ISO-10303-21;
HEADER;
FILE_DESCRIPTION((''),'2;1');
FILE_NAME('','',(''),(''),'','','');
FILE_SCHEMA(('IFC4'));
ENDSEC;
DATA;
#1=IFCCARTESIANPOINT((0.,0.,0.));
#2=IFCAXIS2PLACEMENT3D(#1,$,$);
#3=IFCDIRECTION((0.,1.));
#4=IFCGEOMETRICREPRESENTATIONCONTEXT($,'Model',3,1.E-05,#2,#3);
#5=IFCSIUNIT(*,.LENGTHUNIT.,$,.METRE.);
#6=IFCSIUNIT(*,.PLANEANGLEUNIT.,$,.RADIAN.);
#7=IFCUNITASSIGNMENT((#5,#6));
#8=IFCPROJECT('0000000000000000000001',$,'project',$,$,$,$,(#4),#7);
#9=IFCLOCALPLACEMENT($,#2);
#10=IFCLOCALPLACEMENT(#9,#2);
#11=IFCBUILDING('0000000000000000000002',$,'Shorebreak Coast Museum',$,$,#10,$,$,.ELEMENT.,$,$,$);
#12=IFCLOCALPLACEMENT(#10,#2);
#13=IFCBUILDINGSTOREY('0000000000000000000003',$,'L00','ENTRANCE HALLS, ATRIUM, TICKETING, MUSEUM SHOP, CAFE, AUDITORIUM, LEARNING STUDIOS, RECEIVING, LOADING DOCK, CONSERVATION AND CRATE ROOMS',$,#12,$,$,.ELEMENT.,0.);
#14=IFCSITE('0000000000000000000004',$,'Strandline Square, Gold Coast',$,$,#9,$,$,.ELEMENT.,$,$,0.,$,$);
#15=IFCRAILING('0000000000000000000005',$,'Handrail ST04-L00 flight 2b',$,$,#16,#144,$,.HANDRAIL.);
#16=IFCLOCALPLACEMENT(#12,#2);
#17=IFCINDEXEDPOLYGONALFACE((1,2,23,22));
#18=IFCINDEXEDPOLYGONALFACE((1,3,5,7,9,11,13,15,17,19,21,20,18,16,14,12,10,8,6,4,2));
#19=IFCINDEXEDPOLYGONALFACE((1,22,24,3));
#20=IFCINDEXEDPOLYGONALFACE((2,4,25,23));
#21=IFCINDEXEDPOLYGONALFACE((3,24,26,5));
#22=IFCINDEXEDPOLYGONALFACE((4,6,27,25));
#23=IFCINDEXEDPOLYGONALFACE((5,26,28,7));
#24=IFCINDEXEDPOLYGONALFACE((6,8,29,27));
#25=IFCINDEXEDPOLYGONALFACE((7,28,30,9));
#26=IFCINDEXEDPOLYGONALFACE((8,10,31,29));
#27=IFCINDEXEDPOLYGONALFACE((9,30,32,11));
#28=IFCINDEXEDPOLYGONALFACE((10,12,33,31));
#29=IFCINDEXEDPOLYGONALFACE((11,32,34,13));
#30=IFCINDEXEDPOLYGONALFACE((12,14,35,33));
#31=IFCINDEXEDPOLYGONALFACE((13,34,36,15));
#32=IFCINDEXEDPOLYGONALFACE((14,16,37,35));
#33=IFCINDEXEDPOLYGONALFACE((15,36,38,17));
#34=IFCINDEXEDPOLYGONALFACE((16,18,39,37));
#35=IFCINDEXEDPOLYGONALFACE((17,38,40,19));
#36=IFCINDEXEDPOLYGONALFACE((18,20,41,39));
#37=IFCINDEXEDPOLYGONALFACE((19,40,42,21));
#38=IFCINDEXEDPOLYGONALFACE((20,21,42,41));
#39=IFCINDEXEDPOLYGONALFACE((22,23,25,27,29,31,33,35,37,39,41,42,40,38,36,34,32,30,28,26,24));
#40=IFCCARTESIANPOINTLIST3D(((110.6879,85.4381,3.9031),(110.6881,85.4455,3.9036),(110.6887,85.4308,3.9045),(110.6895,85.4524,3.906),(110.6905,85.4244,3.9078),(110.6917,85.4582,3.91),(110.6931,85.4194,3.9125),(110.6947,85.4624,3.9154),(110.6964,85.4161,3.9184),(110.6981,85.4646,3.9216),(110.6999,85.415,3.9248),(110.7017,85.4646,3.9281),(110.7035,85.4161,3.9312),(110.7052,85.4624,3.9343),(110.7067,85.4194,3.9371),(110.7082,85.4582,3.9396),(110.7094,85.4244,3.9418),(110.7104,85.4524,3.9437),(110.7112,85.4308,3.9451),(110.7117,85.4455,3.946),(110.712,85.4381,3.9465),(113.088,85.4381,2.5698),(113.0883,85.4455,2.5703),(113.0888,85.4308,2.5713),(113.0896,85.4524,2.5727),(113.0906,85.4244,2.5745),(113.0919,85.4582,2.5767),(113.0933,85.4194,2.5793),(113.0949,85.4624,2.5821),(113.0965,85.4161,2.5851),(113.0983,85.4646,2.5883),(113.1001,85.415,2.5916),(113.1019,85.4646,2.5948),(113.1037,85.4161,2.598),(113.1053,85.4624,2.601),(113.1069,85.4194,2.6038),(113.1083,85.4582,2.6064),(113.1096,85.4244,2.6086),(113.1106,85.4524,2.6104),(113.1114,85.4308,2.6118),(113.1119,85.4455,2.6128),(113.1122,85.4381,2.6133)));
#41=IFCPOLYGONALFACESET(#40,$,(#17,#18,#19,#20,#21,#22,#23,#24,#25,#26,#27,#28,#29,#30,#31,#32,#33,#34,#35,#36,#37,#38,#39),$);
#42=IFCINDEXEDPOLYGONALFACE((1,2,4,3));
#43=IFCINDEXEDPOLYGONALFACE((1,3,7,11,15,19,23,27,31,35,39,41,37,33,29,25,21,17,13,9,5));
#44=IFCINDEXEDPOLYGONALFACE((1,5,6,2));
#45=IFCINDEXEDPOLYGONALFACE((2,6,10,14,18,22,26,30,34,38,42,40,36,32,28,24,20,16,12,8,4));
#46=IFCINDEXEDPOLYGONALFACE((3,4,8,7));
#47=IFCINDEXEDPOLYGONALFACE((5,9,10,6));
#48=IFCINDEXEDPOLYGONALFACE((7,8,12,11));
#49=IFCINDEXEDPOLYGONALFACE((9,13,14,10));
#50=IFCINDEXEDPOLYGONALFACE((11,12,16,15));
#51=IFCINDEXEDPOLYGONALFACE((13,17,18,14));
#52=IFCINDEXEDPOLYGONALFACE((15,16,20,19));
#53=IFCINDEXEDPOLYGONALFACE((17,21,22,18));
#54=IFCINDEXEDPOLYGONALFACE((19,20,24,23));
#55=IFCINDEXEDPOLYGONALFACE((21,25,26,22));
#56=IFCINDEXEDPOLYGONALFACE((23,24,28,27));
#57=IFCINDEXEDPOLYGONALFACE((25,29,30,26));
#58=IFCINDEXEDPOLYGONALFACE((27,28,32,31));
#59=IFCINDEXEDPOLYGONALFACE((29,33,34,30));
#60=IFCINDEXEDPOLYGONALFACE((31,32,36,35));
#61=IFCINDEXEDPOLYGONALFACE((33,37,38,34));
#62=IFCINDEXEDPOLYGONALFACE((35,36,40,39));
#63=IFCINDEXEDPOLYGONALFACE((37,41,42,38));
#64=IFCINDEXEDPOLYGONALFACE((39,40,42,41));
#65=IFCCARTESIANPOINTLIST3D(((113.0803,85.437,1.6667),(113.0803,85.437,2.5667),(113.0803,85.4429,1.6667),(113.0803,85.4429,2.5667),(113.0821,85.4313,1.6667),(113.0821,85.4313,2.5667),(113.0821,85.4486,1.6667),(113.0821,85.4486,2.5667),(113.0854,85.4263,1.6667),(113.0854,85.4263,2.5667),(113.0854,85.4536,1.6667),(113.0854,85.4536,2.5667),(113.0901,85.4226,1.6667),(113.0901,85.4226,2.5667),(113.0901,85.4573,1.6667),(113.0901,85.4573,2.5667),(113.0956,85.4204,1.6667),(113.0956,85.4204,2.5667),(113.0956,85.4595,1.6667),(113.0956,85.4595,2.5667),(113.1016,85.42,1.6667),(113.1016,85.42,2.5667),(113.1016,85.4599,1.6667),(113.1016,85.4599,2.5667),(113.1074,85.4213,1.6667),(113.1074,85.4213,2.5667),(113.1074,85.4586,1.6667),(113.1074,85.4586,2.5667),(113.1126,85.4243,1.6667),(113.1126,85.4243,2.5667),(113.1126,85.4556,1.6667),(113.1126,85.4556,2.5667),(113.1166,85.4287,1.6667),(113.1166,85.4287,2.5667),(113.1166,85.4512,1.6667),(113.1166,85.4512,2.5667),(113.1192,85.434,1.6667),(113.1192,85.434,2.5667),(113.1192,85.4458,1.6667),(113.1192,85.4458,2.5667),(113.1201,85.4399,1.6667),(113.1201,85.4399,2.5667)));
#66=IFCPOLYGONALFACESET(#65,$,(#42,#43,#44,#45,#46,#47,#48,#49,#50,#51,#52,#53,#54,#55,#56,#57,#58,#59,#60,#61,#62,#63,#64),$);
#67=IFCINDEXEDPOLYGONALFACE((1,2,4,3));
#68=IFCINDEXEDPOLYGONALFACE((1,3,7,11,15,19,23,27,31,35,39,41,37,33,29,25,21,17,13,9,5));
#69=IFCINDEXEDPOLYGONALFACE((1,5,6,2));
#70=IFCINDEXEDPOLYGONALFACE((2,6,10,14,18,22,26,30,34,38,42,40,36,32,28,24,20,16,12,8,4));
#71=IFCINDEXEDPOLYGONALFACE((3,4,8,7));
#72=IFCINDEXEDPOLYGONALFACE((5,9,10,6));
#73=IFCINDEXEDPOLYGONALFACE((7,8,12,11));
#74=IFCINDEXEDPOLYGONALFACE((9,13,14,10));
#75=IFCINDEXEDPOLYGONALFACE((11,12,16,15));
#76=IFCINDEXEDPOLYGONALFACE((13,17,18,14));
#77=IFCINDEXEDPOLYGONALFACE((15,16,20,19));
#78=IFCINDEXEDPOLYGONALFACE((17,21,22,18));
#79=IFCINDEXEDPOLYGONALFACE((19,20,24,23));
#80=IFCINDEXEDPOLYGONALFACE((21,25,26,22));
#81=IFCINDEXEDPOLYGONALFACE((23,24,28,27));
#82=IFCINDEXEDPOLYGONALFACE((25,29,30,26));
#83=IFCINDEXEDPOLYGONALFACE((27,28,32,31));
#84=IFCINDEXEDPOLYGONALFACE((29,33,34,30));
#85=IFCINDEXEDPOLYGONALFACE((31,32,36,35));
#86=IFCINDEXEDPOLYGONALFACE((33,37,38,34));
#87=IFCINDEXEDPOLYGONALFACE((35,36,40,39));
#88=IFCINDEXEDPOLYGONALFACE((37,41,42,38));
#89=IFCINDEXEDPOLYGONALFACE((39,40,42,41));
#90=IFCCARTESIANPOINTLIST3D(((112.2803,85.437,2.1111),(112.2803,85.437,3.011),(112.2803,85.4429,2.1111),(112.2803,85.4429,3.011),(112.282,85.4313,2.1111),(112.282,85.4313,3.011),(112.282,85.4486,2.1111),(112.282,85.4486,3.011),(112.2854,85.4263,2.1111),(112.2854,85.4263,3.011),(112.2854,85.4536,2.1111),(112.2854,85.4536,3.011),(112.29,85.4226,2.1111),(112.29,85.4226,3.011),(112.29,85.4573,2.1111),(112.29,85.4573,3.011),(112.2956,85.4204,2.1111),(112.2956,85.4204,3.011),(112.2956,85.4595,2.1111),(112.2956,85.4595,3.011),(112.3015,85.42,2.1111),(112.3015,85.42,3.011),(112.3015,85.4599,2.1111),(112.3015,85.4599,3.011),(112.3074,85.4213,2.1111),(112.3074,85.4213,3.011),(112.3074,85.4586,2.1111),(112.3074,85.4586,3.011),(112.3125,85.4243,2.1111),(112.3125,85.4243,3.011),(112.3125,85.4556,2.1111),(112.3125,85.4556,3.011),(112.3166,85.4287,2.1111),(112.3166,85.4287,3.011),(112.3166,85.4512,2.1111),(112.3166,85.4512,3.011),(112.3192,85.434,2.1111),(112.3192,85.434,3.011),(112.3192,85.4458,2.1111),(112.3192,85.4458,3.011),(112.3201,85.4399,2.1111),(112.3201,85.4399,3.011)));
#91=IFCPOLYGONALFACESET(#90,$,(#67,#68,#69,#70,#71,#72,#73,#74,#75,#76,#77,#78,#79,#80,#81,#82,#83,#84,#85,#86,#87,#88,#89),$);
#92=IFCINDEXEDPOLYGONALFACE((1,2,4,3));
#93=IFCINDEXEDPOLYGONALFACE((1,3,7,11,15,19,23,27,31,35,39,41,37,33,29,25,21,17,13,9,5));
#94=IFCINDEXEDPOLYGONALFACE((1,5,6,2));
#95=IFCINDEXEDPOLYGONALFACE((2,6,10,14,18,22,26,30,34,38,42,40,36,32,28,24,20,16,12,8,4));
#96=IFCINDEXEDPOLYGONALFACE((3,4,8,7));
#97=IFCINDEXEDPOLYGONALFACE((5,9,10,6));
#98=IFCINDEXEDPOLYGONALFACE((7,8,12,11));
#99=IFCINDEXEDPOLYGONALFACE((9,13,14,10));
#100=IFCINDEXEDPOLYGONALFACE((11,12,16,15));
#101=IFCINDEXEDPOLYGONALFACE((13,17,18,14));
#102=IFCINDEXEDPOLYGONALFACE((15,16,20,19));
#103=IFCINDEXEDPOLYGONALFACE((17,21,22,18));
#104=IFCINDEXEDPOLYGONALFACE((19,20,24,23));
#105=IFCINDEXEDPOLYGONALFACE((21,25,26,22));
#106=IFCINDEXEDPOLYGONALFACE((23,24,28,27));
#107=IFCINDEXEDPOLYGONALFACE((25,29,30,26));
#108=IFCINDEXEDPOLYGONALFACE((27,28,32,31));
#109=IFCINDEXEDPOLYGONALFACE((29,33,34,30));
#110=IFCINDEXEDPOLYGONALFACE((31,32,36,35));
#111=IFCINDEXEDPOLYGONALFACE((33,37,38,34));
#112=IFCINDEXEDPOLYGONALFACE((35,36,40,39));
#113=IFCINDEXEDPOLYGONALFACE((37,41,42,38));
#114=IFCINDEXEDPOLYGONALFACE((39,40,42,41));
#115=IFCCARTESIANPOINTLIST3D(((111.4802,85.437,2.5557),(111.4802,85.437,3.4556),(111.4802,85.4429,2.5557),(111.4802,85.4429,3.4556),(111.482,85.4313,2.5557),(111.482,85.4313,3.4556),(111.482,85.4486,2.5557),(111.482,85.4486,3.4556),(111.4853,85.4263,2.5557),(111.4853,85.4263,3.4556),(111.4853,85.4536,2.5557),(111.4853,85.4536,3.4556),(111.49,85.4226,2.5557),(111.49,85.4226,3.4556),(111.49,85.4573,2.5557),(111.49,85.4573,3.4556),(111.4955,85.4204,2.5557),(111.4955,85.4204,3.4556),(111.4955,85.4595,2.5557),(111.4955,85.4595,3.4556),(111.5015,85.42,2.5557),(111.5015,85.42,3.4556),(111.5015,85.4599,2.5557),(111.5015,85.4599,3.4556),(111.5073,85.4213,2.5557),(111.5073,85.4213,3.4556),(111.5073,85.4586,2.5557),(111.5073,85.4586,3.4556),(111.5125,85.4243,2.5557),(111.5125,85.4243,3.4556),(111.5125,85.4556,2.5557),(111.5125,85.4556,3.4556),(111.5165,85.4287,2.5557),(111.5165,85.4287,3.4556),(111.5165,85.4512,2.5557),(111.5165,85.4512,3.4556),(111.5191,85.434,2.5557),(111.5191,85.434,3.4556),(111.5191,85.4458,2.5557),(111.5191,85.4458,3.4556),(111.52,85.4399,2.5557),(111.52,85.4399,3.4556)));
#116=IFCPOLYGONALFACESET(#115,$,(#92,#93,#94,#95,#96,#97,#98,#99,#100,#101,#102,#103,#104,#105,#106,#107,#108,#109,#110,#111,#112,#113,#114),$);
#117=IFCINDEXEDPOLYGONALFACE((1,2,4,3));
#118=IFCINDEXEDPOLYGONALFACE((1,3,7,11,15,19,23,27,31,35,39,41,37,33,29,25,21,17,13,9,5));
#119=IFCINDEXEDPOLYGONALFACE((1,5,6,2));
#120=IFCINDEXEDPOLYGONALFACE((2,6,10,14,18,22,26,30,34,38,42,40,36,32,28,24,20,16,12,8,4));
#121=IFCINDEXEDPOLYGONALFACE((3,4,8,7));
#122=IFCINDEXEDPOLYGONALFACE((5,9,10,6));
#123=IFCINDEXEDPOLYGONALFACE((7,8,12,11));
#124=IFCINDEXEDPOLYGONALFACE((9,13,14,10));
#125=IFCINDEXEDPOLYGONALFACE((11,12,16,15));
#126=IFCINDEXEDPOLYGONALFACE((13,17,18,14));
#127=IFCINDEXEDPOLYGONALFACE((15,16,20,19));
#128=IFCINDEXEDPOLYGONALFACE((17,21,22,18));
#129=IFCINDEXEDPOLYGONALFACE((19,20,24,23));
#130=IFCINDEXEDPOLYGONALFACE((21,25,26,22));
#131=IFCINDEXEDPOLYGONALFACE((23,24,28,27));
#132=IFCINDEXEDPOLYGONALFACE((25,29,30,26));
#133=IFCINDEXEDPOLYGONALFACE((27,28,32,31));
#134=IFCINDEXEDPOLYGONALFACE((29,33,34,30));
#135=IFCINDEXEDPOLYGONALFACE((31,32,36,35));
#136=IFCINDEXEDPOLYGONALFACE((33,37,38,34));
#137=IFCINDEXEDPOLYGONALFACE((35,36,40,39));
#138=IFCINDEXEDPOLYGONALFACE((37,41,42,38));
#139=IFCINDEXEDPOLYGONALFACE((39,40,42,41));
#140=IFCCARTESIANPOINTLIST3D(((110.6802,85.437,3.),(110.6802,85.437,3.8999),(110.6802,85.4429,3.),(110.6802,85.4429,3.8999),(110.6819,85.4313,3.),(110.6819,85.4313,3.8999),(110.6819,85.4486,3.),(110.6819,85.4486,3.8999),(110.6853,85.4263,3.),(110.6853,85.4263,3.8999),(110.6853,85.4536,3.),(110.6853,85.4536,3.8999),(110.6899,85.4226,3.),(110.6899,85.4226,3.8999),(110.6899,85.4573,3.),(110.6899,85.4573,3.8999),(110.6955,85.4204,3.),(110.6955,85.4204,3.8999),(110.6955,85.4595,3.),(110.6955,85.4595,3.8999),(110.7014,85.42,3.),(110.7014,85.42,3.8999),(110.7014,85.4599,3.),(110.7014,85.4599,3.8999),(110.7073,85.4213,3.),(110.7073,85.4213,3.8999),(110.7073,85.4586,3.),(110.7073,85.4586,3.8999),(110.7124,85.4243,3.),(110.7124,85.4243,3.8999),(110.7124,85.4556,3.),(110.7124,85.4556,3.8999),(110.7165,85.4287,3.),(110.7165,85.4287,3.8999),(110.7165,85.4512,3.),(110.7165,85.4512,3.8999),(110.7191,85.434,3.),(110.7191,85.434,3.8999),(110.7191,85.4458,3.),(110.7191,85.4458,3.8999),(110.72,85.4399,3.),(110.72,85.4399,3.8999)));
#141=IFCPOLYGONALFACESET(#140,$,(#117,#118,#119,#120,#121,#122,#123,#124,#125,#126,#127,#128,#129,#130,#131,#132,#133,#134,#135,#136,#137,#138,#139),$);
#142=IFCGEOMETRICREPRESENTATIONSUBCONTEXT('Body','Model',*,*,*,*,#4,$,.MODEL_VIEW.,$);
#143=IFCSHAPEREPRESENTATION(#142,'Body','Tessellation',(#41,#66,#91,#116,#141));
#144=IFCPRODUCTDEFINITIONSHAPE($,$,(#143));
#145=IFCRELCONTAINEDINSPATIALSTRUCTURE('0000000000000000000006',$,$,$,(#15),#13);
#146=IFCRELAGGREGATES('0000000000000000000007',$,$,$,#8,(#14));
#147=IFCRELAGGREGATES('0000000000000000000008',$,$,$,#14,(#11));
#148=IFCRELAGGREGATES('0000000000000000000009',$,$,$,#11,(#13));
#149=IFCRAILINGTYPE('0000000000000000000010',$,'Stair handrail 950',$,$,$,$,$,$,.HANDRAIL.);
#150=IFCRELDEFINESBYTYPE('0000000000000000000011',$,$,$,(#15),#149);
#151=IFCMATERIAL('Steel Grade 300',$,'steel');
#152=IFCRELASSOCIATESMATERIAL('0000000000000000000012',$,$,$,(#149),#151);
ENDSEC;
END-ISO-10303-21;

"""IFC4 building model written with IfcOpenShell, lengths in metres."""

from ifc_helpers import new_model, si_unit, direction, frame, origin, origin_2d, place, context, subcontext, project, spatial, circle, extrude, material, type_object, element, save


model = new_model("IFC4")

# Units and contexts
model_context = context("Model", 3, precision=1e-05, world=origin(), true_north=direction((0.0, 1.0)))
body_context = subcontext(model_context, "Body", "Model", "MODEL_VIEW")
ifc_project = project(units=[si_unit("LENGTHUNIT", "METRE"), si_unit("PLANEANGLEUNIT", "RADIAN")], contexts=[model_context])

# Site, building, storey
site_placement = place(None, origin())
site = spatial("IfcSite", under=ifc_project, at=site_placement, Name="Strandline Square, Gold Coast", CompositionType="ELEMENT", RefElevation=0.0)
building_placement = place(site_placement, origin())
building = spatial("IfcBuilding", under=site, at=building_placement, Name="Shorebreak Coast Museum", CompositionType="ELEMENT")
storey_placement = place(building_placement, origin())
storey = spatial("IfcBuildingStorey", under=building, at=storey_placement, Name="L00", Description="ENTRANCE HALLS, ATRIUM, TICKETING, MUSEUM SHOP, CAFE, AUDITORIUM, LEARNING STUDIOS, RECEIVING, LOADING DOCK, CONSERVATION AND CRATE ROOMS", CompositionType="ELEMENT", Elevation=0.0)

# Railing
ifc_material_1 = material(Name="Steel Grade 300", Category="steel")
railing_type_1 = type_object("IfcRailingType", Name="Stair handrail 950", PredefinedType="HANDRAIL", material=ifc_material_1)
railing_1_placement = place(storey_placement, frame((113.1001, 85.4399, 1.6667)))
element("IfcRailing", 1, at=railing_1_placement, inside=storey, type_object=railing_type_1, Name="Handrail ST04-L00 flight 2b", PredefinedType="HANDRAIL", context=body_context, shape_type="SweptSolid", body=[
    extrude(circle(Radius=0.0249, at=origin_2d()), frame((0.0, 0.0, 0.9248), z_axis=(-0.874182, 0.0, 0.485598), x_axis=(0.0, -1.0, 0.0)), (0.0, 0.0, 1.0), 2.7456),
    extrude(circle(Radius=0.02, at=origin_2d()), origin(), (0.0, 0.0, 1.0), 0.8999),
    extrude(circle(Radius=0.02, at=origin_2d()), frame((-0.8, 0.0, 0.4443)), (0.0, 0.0, 1.0), 0.8999),
    extrude(circle(Radius=0.02, at=origin_2d()), frame((-1.6001, 0.0, 0.8889)), (0.0, 0.0, 1.0), 0.8999),
    extrude(circle(Radius=0.02, at=origin_2d()), frame((-2.4001, 0.0, 1.3333)), (0.0, 0.0, 1.0), 0.8999),
])

save(model, "model.ifc")
